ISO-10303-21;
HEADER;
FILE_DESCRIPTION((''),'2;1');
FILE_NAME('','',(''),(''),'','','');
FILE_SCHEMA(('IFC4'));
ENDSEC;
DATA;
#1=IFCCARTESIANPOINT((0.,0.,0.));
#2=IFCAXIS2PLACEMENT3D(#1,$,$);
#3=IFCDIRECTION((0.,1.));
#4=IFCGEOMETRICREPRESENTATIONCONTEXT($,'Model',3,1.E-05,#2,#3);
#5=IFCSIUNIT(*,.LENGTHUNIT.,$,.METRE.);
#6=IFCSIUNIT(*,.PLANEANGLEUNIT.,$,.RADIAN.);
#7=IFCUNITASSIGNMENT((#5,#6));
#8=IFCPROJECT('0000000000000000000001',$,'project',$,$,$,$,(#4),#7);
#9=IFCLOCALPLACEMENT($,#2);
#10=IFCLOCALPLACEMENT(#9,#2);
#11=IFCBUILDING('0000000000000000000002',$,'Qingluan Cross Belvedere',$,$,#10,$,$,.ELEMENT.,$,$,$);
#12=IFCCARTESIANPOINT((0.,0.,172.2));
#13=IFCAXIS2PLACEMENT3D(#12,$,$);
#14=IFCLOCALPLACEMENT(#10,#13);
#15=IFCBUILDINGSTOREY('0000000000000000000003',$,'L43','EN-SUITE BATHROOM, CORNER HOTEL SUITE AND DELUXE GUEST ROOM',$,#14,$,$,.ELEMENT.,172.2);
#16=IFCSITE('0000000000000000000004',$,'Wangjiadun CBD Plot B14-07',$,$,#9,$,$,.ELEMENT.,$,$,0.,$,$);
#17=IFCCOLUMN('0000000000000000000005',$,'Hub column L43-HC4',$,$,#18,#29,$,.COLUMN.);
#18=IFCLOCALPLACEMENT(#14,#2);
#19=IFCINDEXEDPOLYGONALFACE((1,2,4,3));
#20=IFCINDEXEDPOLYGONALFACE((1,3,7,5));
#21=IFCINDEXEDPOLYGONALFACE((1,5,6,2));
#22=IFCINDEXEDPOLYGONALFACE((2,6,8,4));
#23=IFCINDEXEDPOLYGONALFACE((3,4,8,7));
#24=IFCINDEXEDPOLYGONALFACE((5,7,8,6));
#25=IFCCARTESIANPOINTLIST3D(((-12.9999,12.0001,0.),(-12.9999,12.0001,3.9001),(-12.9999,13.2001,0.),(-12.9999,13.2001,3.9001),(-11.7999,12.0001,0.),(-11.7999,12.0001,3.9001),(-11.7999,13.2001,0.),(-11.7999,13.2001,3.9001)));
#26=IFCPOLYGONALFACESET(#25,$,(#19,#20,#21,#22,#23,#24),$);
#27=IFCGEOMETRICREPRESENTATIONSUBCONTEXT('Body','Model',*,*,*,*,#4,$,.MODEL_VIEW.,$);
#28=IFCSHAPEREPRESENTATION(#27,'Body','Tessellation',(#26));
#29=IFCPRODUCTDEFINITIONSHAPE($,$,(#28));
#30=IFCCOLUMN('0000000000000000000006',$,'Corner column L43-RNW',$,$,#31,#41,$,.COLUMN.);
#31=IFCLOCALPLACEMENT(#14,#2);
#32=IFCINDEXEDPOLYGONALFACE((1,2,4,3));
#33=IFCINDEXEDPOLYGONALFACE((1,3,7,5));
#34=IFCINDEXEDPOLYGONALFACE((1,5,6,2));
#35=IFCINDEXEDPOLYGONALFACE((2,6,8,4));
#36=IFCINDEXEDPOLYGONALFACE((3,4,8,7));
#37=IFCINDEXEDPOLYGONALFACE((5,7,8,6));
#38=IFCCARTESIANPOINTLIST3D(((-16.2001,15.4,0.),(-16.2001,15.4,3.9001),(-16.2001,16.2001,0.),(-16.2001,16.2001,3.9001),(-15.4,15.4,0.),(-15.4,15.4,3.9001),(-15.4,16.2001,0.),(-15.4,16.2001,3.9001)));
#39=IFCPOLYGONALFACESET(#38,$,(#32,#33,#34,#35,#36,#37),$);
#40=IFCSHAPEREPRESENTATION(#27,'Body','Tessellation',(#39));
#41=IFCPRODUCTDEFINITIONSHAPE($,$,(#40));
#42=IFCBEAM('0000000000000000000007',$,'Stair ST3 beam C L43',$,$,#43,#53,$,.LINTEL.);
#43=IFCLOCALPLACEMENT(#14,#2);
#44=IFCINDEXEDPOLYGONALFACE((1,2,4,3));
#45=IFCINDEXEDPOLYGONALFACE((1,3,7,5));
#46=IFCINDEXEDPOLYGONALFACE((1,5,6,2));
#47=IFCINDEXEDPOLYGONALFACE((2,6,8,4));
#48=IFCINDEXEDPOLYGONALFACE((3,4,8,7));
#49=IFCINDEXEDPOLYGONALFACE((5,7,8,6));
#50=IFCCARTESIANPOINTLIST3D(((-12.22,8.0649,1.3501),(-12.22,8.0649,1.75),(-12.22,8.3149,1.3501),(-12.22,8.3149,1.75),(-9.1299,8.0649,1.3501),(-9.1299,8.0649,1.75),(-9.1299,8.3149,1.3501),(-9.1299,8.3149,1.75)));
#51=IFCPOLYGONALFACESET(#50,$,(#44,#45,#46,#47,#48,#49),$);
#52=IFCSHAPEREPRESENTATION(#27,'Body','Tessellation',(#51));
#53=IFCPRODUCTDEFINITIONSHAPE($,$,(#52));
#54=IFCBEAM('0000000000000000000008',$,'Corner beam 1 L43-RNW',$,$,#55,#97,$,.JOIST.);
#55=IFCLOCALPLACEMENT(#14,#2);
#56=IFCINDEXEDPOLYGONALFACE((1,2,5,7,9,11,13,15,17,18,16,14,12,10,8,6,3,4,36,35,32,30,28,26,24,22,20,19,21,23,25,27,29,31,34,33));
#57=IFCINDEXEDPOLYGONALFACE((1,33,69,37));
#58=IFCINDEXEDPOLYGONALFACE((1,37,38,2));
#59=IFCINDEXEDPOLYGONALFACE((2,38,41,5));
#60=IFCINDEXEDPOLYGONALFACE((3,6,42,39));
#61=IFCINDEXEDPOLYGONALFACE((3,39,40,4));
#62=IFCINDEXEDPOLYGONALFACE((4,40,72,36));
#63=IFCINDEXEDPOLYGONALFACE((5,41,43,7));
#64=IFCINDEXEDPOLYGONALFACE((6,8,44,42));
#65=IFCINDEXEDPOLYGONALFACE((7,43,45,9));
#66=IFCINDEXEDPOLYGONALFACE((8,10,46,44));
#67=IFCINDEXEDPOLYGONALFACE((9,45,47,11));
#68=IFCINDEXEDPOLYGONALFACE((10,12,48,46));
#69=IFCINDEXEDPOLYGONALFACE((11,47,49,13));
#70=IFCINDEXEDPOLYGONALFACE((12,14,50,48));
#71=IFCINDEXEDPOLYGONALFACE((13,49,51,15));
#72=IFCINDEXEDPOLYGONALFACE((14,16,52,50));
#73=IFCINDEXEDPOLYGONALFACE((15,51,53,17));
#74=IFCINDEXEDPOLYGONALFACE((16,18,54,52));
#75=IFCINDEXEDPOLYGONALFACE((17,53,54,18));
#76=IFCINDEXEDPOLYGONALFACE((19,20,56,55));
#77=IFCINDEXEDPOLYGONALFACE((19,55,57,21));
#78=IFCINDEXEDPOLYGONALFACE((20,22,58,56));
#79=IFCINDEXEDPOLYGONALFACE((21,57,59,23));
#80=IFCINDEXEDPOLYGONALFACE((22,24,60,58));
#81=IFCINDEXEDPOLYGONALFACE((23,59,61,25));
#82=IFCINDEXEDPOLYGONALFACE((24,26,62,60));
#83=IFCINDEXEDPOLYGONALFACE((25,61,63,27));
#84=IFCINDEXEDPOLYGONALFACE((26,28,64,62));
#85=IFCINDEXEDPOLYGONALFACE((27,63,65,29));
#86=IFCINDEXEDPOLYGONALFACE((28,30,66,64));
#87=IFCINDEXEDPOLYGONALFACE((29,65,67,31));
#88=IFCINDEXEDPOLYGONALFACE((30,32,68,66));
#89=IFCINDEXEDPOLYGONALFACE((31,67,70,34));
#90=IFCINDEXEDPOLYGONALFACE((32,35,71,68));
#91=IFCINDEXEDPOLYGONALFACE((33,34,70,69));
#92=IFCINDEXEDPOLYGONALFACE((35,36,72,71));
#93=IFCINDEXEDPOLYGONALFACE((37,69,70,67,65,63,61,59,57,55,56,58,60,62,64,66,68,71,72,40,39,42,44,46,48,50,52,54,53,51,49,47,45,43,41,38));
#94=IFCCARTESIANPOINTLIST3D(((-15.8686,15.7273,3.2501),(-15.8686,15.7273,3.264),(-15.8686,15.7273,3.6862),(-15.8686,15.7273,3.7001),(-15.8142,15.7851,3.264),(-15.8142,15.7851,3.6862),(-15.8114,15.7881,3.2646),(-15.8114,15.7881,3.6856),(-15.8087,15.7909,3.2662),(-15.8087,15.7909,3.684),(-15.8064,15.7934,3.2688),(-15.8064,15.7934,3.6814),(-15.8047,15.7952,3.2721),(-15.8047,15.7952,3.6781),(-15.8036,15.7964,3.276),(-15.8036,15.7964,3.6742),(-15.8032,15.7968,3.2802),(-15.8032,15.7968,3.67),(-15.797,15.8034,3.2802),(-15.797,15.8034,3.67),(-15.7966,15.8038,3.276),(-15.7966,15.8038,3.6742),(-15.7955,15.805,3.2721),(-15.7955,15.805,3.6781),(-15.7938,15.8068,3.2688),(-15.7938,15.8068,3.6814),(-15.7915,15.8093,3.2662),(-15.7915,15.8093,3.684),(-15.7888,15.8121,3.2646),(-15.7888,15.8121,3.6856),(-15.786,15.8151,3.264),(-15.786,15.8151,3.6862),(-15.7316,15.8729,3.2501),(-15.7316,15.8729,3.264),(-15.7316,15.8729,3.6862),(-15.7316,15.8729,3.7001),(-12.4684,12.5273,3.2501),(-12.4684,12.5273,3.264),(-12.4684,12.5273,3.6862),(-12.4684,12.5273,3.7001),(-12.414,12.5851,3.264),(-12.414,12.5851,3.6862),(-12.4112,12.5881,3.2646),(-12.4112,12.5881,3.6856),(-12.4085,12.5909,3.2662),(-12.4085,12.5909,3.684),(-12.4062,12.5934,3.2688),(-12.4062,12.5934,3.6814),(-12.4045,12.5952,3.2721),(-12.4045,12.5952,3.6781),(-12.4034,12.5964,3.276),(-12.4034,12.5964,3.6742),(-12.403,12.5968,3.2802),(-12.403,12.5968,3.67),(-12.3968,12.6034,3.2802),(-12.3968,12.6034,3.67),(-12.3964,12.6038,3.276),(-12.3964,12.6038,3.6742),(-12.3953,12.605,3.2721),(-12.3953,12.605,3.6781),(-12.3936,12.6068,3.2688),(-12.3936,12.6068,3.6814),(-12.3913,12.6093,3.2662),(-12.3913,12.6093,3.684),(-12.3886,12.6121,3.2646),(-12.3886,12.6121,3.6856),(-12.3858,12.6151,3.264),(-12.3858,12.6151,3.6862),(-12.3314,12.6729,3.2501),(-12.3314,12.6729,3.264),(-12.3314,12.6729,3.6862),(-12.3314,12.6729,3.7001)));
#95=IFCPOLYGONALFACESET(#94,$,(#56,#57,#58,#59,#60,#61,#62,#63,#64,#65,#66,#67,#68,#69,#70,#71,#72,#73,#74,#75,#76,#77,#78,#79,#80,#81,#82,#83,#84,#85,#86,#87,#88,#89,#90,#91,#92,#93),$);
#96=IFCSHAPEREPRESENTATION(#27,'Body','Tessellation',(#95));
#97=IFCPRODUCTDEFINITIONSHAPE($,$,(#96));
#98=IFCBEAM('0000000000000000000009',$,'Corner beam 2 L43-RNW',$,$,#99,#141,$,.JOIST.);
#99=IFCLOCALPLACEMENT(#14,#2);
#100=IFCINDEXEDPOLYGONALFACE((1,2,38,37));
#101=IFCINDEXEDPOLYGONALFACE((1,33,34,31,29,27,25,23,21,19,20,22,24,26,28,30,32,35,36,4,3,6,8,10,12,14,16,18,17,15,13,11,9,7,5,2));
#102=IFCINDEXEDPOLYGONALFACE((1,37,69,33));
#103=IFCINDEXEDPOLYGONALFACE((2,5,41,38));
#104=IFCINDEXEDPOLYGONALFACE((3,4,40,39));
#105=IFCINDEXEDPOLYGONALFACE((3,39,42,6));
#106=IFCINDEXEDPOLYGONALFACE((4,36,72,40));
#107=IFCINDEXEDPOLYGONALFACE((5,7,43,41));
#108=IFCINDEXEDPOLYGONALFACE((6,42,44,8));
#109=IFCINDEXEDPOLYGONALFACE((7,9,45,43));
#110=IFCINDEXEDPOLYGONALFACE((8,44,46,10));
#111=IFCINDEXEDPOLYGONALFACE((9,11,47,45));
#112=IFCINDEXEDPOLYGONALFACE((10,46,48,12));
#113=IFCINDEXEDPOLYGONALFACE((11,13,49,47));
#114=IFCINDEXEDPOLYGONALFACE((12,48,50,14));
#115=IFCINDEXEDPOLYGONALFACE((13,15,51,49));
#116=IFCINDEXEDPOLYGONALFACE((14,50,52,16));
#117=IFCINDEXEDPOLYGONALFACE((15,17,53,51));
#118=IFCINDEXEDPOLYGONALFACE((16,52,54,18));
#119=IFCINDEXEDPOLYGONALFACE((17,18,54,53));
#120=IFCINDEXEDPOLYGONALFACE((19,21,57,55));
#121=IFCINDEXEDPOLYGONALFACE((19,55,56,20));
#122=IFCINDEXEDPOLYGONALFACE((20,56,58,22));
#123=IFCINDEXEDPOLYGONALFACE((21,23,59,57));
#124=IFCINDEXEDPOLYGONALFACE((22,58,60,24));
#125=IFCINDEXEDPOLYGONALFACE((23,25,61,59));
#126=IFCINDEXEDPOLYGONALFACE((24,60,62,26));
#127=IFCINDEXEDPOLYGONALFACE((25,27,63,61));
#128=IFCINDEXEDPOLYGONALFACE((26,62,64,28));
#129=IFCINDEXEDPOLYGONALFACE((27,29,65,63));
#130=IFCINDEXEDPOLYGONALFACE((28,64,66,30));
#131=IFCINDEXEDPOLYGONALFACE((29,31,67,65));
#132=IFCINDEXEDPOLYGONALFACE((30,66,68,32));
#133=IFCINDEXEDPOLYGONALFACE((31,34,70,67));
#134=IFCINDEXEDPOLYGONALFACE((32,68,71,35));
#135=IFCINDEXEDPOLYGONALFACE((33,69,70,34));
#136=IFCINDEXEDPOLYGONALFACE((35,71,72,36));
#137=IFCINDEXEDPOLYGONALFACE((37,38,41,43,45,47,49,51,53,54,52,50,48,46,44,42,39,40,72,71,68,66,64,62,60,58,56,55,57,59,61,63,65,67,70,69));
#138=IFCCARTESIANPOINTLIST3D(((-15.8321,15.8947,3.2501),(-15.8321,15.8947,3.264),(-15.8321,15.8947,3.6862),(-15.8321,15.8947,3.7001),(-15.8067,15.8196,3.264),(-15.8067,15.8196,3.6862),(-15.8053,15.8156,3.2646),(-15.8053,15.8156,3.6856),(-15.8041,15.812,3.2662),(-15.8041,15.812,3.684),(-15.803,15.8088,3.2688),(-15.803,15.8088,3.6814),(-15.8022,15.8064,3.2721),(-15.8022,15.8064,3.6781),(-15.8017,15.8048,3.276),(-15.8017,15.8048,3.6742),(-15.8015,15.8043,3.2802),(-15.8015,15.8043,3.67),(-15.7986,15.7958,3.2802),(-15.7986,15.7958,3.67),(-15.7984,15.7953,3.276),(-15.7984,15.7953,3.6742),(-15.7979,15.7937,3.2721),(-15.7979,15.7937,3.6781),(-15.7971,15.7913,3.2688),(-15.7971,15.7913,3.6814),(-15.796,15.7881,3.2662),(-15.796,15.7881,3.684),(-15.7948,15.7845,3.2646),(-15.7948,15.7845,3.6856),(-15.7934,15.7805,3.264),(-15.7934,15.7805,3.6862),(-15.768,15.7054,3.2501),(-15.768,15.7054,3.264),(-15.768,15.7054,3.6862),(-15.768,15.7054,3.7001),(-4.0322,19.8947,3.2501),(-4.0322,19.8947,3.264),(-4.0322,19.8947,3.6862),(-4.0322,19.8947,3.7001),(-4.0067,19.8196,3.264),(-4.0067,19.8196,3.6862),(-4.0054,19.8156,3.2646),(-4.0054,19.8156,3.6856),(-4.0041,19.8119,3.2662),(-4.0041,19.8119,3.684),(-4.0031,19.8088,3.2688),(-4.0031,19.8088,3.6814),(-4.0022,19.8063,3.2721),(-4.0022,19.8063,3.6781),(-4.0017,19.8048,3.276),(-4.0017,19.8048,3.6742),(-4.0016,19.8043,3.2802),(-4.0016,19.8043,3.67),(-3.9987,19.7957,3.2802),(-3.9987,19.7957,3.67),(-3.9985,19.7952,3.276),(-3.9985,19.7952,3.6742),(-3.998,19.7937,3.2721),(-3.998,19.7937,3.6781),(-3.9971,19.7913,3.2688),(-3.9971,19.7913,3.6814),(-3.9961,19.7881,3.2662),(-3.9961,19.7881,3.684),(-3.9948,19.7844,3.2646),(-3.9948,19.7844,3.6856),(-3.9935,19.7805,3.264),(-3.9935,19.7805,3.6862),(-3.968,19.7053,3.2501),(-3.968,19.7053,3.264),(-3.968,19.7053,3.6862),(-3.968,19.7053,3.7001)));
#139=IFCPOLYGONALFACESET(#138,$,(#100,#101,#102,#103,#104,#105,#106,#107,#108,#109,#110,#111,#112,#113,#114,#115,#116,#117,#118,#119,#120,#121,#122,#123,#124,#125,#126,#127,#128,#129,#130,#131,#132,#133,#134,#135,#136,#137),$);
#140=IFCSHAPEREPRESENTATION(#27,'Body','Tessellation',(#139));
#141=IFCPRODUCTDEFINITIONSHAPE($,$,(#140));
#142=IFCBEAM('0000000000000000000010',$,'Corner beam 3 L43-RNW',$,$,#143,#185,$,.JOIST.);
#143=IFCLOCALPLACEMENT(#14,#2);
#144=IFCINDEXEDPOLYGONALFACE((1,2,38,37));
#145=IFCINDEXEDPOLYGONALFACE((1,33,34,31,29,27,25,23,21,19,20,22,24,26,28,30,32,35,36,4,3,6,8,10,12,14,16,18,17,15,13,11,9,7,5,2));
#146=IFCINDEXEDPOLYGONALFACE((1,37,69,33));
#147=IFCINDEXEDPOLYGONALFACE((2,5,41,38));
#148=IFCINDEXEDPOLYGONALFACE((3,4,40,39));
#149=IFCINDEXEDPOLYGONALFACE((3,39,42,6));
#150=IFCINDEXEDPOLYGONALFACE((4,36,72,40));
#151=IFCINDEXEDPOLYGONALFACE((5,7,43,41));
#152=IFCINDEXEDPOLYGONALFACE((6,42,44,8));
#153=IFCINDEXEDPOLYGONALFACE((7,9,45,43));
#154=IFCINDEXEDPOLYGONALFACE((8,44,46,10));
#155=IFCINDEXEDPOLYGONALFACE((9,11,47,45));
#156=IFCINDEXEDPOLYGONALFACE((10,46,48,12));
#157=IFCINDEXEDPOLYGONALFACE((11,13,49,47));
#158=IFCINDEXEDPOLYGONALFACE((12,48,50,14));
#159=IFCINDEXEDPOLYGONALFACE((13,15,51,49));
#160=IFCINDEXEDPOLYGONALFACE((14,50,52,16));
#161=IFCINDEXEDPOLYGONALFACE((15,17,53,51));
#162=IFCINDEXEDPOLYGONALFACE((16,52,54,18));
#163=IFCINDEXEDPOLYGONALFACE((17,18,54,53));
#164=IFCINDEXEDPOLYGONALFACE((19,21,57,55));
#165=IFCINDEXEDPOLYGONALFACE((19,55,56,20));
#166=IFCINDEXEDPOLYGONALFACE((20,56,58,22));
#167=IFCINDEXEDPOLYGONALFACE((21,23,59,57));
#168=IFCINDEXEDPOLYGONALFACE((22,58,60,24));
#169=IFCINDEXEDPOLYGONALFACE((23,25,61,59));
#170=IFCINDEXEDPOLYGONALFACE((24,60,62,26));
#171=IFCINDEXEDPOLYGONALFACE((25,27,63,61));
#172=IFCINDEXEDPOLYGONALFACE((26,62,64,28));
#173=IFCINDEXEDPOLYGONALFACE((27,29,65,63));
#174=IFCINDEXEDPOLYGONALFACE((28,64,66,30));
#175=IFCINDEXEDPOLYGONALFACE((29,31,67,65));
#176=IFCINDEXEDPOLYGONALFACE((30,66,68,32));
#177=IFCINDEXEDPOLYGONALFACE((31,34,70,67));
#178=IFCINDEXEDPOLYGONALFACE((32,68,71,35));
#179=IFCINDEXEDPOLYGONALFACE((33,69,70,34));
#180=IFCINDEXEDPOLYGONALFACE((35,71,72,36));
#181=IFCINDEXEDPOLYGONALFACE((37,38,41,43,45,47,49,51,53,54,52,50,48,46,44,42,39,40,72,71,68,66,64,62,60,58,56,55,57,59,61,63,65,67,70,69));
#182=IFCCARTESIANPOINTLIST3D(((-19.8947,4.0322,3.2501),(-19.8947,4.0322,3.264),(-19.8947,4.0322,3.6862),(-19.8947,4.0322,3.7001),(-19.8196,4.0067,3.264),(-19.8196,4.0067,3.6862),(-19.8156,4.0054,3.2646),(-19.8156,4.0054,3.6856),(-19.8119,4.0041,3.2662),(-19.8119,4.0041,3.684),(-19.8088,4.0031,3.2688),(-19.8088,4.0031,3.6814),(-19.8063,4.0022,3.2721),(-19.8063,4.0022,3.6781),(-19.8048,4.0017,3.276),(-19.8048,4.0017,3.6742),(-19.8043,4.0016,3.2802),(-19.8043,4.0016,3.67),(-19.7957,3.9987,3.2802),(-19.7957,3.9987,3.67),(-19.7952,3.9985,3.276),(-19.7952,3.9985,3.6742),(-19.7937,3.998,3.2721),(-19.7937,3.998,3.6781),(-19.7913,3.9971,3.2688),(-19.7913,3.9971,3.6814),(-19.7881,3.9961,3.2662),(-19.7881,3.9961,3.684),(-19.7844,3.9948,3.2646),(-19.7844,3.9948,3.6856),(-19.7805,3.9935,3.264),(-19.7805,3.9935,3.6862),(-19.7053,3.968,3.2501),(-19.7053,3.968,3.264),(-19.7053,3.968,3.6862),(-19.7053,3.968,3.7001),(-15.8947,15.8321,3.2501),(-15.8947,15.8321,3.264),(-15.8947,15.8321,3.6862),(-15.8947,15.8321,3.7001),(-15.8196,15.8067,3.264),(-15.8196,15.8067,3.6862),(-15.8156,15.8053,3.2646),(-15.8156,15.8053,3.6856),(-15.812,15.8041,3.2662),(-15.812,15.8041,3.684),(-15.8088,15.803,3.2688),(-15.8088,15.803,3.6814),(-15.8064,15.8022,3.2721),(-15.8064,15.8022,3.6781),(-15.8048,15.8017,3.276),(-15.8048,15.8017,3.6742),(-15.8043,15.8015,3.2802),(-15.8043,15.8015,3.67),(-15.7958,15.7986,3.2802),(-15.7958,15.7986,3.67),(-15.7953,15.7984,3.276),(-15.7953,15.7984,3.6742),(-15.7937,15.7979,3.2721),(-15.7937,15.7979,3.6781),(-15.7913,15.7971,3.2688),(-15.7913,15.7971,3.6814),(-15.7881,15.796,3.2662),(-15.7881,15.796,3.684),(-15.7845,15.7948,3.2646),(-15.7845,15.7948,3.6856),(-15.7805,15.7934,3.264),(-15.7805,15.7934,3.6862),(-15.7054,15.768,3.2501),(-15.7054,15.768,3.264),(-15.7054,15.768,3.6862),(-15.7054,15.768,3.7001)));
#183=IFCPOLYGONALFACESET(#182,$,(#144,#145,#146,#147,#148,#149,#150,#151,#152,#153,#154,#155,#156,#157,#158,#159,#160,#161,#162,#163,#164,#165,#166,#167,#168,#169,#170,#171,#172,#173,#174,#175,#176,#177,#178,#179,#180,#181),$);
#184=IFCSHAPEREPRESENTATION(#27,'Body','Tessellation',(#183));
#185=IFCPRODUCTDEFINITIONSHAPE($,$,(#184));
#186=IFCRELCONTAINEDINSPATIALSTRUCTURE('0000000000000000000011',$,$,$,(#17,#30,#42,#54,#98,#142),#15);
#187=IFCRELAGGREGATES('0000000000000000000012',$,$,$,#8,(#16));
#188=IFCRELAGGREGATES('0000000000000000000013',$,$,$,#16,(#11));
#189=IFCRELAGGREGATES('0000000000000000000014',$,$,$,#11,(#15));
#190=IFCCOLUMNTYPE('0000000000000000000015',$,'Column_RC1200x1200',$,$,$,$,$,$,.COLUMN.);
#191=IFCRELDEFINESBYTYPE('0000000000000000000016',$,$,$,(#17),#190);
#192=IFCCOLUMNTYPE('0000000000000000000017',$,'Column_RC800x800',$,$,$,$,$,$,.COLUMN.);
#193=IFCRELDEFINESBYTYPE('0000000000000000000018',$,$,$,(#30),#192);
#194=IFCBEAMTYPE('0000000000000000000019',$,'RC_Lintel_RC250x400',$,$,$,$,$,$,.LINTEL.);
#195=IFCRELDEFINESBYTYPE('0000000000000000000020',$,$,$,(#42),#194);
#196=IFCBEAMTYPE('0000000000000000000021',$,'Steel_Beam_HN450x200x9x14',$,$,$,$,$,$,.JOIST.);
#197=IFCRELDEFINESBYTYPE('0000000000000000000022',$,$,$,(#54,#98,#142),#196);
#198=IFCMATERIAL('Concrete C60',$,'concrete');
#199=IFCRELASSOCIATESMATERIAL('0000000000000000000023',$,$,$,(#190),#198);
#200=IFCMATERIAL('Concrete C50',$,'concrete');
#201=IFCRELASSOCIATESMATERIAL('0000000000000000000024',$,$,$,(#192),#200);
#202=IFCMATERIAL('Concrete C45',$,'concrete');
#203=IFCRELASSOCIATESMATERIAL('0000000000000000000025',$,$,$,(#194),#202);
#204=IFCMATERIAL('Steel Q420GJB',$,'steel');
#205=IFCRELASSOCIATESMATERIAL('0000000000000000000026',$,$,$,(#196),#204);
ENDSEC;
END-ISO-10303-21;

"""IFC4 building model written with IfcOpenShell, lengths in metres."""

from ifc_helpers import new_model, si_unit, direction, frame, origin, origin_2d, place, context, subcontext, project, spatial, rectangle, i_section, extrude, material, material_profile, profile_set, type_object, element, save


model = new_model("IFC4")

# Units and contexts
model_context = context("Model", 3, precision=1e-05, world=origin(), true_north=direction((0.0, 1.0)))
body_context = subcontext(model_context, "Body", "Model", "MODEL_VIEW")
ifc_project = project(units=[si_unit("LENGTHUNIT", "METRE"), si_unit("PLANEANGLEUNIT", "RADIAN")], contexts=[model_context])

# Site, building, storey
site_placement = place(None, origin())
site = spatial("IfcSite", under=ifc_project, at=site_placement, Name="Wangjiadun CBD Plot B14-07", CompositionType="ELEMENT", RefElevation=0.0)
building_placement = place(site_placement, origin())
building = spatial("IfcBuilding", under=site, at=building_placement, Name="Qingluan Cross Belvedere", CompositionType="ELEMENT")
storey_placement = place(building_placement, frame((0.0, 0.0, 172.2)))
storey = spatial("IfcBuildingStorey", under=building, at=storey_placement, Name="L43", Description="EN-SUITE BATHROOM, CORNER HOTEL SUITE AND DELUXE GUEST ROOM", CompositionType="ELEMENT", Elevation=172.2)

# Columns
ifc_material_1 = material(Name="Concrete C60", Category="concrete")
ifc_material_profile_1 = material_profile(ifc_material_1, rectangle(XDim=1.2, YDim=1.2, at=origin_2d()), Name="RC1200x1200")
ifc_profile_set_1 = profile_set([ifc_material_profile_1], Name="Concrete C60")
column_type_1 = type_object("IfcColumnType", Name="Column_RC1200x1200", PredefinedType="COLUMN", material=ifc_profile_set_1)
column_1_placement = place(storey_placement, frame((-12.3999, 12.6001, 0.0), z_axis=(0.0, 0.0, 1.0), x_axis=(1.0, 0.0, 0.0)))
element("IfcColumn", 1, at=column_1_placement, inside=storey, type_object=column_type_1, Name="Hub column L43-HC4", PredefinedType="COLUMN", context=body_context, shape_type="SweptSolid", body=[
    extrude(rectangle(XDim=1.2, YDim=1.2, at=origin_2d()), origin(), (0.0, 0.0, 1.0), 3.9001),
])
ifc_material_2 = material(Name="Concrete C50", Category="concrete")
ifc_material_profile_2 = material_profile(ifc_material_2, rectangle(XDim=0.8, YDim=0.8, at=origin_2d()), Name="RC800x800")
ifc_profile_set_2 = profile_set([ifc_material_profile_2], Name="Concrete C50")
column_type_2 = type_object("IfcColumnType", Name="Column_RC800x800", PredefinedType="COLUMN", material=ifc_profile_set_2)
column_2_placement = place(storey_placement, frame((-15.8, 15.8, 0.0), z_axis=(0.0, 0.0, 1.0), x_axis=(1.0, 0.0, 0.0)))
element("IfcColumn", 2, at=column_2_placement, inside=storey, type_object=column_type_2, Name="Corner column L43-RNW", PredefinedType="COLUMN", context=body_context, shape_type="SweptSolid", body=[
    extrude(rectangle(XDim=0.8, YDim=0.8, at=origin_2d()), origin(), (0.0, 0.0, 1.0), 3.9001),
])

# Beams
ifc_material_3 = material(Name="Concrete C45", Category="concrete")
ifc_material_profile_3 = material_profile(ifc_material_3, rectangle(XDim=0.25, YDim=0.3999, at=origin_2d()), Name="RC250x400")
ifc_profile_set_3 = profile_set([ifc_material_profile_3], Name="Concrete C45")
beam_type_1 = type_object("IfcBeamType", Name="RC_Lintel_RC250x400", PredefinedType="LINTEL", material=ifc_profile_set_3)
beam_1_placement = place(storey_placement, frame((-12.22, 8.1899, 1.55), z_axis=(1.0, 0.0, 0.0), x_axis=(0.0, 1.0, 0.0)))
element("IfcBeam", 3, at=beam_1_placement, inside=storey, type_object=beam_type_1, Name="Stair ST3 beam C L43", PredefinedType="LINTEL", context=body_context, shape_type="SweptSolid", body=[
    extrude(rectangle(XDim=0.25, YDim=0.3999, at=origin_2d()), origin(), (0.0, 0.0, 1.0), 3.0901),
])
ifc_material_4 = material(Name="Steel Q420GJB", Category="steel")
ifc_material_profile_4 = material_profile(ifc_material_4, i_section(OverallWidth=0.2, OverallDepth=0.45, WebThickness=0.009, FlangeThickness=0.0139, FilletRadius=0.0161, at=origin_2d()), Name="HN450x200x9x14")
ifc_profile_set_4 = profile_set([ifc_material_profile_4], Name="Steel Q420GJB")
beam_type_2 = type_object("IfcBeamType", Name="Steel_Beam_HN450x200x9x14", PredefinedType="JOIST", material=ifc_profile_set_4)
beam_2_placement = place(storey_placement, frame((-12.3999, 12.6001, 3.4751), z_axis=(-0.72822, 0.685343, 0.0), x_axis=(-0.685343, -0.72822, 0.0)))
element("IfcBeam", 4, at=beam_2_placement, inside=storey, type_object=beam_type_2, Name="Corner beam 1 L43-RNW", PredefinedType="JOIST", context=body_context, shape_type="SweptSolid", body=[
    extrude(i_section(OverallWidth=0.2, OverallDepth=0.45, WebThickness=0.009, FlangeThickness=0.0139, FilletRadius=0.0161, at=origin_2d()), origin(), (0.0, 0.0, 1.0), 4.6692),
])
for number, where, z_axis, x_axis, name in (
    (5, (-15.8, 15.8, 3.4751), (0.947066, 0.321038, 0.0), (-0.321038, 0.947066, 0.0), "Corner beam 2 L43-RNW"),
    (6, (-15.8, 15.8, 3.4751), (-0.321038, -0.947066, 0.0), (0.947066, -0.321038, 0.0), "Corner beam 3 L43-RNW"),
):
    element("IfcBeam", number, at=place(storey_placement, frame(where, z_axis=z_axis, x_axis=x_axis)), inside=storey, type_object=beam_type_2, Name=name, PredefinedType="JOIST", context=body_context, shape_type="SweptSolid", body=[
        extrude(i_section(OverallWidth=0.2, OverallDepth=0.45, WebThickness=0.009, FlangeThickness=0.0139, FilletRadius=0.0161, at=origin_2d()), origin(), (0.0, 0.0, 1.0), 12.4595),
    ])

save(model, "model.ifc")
